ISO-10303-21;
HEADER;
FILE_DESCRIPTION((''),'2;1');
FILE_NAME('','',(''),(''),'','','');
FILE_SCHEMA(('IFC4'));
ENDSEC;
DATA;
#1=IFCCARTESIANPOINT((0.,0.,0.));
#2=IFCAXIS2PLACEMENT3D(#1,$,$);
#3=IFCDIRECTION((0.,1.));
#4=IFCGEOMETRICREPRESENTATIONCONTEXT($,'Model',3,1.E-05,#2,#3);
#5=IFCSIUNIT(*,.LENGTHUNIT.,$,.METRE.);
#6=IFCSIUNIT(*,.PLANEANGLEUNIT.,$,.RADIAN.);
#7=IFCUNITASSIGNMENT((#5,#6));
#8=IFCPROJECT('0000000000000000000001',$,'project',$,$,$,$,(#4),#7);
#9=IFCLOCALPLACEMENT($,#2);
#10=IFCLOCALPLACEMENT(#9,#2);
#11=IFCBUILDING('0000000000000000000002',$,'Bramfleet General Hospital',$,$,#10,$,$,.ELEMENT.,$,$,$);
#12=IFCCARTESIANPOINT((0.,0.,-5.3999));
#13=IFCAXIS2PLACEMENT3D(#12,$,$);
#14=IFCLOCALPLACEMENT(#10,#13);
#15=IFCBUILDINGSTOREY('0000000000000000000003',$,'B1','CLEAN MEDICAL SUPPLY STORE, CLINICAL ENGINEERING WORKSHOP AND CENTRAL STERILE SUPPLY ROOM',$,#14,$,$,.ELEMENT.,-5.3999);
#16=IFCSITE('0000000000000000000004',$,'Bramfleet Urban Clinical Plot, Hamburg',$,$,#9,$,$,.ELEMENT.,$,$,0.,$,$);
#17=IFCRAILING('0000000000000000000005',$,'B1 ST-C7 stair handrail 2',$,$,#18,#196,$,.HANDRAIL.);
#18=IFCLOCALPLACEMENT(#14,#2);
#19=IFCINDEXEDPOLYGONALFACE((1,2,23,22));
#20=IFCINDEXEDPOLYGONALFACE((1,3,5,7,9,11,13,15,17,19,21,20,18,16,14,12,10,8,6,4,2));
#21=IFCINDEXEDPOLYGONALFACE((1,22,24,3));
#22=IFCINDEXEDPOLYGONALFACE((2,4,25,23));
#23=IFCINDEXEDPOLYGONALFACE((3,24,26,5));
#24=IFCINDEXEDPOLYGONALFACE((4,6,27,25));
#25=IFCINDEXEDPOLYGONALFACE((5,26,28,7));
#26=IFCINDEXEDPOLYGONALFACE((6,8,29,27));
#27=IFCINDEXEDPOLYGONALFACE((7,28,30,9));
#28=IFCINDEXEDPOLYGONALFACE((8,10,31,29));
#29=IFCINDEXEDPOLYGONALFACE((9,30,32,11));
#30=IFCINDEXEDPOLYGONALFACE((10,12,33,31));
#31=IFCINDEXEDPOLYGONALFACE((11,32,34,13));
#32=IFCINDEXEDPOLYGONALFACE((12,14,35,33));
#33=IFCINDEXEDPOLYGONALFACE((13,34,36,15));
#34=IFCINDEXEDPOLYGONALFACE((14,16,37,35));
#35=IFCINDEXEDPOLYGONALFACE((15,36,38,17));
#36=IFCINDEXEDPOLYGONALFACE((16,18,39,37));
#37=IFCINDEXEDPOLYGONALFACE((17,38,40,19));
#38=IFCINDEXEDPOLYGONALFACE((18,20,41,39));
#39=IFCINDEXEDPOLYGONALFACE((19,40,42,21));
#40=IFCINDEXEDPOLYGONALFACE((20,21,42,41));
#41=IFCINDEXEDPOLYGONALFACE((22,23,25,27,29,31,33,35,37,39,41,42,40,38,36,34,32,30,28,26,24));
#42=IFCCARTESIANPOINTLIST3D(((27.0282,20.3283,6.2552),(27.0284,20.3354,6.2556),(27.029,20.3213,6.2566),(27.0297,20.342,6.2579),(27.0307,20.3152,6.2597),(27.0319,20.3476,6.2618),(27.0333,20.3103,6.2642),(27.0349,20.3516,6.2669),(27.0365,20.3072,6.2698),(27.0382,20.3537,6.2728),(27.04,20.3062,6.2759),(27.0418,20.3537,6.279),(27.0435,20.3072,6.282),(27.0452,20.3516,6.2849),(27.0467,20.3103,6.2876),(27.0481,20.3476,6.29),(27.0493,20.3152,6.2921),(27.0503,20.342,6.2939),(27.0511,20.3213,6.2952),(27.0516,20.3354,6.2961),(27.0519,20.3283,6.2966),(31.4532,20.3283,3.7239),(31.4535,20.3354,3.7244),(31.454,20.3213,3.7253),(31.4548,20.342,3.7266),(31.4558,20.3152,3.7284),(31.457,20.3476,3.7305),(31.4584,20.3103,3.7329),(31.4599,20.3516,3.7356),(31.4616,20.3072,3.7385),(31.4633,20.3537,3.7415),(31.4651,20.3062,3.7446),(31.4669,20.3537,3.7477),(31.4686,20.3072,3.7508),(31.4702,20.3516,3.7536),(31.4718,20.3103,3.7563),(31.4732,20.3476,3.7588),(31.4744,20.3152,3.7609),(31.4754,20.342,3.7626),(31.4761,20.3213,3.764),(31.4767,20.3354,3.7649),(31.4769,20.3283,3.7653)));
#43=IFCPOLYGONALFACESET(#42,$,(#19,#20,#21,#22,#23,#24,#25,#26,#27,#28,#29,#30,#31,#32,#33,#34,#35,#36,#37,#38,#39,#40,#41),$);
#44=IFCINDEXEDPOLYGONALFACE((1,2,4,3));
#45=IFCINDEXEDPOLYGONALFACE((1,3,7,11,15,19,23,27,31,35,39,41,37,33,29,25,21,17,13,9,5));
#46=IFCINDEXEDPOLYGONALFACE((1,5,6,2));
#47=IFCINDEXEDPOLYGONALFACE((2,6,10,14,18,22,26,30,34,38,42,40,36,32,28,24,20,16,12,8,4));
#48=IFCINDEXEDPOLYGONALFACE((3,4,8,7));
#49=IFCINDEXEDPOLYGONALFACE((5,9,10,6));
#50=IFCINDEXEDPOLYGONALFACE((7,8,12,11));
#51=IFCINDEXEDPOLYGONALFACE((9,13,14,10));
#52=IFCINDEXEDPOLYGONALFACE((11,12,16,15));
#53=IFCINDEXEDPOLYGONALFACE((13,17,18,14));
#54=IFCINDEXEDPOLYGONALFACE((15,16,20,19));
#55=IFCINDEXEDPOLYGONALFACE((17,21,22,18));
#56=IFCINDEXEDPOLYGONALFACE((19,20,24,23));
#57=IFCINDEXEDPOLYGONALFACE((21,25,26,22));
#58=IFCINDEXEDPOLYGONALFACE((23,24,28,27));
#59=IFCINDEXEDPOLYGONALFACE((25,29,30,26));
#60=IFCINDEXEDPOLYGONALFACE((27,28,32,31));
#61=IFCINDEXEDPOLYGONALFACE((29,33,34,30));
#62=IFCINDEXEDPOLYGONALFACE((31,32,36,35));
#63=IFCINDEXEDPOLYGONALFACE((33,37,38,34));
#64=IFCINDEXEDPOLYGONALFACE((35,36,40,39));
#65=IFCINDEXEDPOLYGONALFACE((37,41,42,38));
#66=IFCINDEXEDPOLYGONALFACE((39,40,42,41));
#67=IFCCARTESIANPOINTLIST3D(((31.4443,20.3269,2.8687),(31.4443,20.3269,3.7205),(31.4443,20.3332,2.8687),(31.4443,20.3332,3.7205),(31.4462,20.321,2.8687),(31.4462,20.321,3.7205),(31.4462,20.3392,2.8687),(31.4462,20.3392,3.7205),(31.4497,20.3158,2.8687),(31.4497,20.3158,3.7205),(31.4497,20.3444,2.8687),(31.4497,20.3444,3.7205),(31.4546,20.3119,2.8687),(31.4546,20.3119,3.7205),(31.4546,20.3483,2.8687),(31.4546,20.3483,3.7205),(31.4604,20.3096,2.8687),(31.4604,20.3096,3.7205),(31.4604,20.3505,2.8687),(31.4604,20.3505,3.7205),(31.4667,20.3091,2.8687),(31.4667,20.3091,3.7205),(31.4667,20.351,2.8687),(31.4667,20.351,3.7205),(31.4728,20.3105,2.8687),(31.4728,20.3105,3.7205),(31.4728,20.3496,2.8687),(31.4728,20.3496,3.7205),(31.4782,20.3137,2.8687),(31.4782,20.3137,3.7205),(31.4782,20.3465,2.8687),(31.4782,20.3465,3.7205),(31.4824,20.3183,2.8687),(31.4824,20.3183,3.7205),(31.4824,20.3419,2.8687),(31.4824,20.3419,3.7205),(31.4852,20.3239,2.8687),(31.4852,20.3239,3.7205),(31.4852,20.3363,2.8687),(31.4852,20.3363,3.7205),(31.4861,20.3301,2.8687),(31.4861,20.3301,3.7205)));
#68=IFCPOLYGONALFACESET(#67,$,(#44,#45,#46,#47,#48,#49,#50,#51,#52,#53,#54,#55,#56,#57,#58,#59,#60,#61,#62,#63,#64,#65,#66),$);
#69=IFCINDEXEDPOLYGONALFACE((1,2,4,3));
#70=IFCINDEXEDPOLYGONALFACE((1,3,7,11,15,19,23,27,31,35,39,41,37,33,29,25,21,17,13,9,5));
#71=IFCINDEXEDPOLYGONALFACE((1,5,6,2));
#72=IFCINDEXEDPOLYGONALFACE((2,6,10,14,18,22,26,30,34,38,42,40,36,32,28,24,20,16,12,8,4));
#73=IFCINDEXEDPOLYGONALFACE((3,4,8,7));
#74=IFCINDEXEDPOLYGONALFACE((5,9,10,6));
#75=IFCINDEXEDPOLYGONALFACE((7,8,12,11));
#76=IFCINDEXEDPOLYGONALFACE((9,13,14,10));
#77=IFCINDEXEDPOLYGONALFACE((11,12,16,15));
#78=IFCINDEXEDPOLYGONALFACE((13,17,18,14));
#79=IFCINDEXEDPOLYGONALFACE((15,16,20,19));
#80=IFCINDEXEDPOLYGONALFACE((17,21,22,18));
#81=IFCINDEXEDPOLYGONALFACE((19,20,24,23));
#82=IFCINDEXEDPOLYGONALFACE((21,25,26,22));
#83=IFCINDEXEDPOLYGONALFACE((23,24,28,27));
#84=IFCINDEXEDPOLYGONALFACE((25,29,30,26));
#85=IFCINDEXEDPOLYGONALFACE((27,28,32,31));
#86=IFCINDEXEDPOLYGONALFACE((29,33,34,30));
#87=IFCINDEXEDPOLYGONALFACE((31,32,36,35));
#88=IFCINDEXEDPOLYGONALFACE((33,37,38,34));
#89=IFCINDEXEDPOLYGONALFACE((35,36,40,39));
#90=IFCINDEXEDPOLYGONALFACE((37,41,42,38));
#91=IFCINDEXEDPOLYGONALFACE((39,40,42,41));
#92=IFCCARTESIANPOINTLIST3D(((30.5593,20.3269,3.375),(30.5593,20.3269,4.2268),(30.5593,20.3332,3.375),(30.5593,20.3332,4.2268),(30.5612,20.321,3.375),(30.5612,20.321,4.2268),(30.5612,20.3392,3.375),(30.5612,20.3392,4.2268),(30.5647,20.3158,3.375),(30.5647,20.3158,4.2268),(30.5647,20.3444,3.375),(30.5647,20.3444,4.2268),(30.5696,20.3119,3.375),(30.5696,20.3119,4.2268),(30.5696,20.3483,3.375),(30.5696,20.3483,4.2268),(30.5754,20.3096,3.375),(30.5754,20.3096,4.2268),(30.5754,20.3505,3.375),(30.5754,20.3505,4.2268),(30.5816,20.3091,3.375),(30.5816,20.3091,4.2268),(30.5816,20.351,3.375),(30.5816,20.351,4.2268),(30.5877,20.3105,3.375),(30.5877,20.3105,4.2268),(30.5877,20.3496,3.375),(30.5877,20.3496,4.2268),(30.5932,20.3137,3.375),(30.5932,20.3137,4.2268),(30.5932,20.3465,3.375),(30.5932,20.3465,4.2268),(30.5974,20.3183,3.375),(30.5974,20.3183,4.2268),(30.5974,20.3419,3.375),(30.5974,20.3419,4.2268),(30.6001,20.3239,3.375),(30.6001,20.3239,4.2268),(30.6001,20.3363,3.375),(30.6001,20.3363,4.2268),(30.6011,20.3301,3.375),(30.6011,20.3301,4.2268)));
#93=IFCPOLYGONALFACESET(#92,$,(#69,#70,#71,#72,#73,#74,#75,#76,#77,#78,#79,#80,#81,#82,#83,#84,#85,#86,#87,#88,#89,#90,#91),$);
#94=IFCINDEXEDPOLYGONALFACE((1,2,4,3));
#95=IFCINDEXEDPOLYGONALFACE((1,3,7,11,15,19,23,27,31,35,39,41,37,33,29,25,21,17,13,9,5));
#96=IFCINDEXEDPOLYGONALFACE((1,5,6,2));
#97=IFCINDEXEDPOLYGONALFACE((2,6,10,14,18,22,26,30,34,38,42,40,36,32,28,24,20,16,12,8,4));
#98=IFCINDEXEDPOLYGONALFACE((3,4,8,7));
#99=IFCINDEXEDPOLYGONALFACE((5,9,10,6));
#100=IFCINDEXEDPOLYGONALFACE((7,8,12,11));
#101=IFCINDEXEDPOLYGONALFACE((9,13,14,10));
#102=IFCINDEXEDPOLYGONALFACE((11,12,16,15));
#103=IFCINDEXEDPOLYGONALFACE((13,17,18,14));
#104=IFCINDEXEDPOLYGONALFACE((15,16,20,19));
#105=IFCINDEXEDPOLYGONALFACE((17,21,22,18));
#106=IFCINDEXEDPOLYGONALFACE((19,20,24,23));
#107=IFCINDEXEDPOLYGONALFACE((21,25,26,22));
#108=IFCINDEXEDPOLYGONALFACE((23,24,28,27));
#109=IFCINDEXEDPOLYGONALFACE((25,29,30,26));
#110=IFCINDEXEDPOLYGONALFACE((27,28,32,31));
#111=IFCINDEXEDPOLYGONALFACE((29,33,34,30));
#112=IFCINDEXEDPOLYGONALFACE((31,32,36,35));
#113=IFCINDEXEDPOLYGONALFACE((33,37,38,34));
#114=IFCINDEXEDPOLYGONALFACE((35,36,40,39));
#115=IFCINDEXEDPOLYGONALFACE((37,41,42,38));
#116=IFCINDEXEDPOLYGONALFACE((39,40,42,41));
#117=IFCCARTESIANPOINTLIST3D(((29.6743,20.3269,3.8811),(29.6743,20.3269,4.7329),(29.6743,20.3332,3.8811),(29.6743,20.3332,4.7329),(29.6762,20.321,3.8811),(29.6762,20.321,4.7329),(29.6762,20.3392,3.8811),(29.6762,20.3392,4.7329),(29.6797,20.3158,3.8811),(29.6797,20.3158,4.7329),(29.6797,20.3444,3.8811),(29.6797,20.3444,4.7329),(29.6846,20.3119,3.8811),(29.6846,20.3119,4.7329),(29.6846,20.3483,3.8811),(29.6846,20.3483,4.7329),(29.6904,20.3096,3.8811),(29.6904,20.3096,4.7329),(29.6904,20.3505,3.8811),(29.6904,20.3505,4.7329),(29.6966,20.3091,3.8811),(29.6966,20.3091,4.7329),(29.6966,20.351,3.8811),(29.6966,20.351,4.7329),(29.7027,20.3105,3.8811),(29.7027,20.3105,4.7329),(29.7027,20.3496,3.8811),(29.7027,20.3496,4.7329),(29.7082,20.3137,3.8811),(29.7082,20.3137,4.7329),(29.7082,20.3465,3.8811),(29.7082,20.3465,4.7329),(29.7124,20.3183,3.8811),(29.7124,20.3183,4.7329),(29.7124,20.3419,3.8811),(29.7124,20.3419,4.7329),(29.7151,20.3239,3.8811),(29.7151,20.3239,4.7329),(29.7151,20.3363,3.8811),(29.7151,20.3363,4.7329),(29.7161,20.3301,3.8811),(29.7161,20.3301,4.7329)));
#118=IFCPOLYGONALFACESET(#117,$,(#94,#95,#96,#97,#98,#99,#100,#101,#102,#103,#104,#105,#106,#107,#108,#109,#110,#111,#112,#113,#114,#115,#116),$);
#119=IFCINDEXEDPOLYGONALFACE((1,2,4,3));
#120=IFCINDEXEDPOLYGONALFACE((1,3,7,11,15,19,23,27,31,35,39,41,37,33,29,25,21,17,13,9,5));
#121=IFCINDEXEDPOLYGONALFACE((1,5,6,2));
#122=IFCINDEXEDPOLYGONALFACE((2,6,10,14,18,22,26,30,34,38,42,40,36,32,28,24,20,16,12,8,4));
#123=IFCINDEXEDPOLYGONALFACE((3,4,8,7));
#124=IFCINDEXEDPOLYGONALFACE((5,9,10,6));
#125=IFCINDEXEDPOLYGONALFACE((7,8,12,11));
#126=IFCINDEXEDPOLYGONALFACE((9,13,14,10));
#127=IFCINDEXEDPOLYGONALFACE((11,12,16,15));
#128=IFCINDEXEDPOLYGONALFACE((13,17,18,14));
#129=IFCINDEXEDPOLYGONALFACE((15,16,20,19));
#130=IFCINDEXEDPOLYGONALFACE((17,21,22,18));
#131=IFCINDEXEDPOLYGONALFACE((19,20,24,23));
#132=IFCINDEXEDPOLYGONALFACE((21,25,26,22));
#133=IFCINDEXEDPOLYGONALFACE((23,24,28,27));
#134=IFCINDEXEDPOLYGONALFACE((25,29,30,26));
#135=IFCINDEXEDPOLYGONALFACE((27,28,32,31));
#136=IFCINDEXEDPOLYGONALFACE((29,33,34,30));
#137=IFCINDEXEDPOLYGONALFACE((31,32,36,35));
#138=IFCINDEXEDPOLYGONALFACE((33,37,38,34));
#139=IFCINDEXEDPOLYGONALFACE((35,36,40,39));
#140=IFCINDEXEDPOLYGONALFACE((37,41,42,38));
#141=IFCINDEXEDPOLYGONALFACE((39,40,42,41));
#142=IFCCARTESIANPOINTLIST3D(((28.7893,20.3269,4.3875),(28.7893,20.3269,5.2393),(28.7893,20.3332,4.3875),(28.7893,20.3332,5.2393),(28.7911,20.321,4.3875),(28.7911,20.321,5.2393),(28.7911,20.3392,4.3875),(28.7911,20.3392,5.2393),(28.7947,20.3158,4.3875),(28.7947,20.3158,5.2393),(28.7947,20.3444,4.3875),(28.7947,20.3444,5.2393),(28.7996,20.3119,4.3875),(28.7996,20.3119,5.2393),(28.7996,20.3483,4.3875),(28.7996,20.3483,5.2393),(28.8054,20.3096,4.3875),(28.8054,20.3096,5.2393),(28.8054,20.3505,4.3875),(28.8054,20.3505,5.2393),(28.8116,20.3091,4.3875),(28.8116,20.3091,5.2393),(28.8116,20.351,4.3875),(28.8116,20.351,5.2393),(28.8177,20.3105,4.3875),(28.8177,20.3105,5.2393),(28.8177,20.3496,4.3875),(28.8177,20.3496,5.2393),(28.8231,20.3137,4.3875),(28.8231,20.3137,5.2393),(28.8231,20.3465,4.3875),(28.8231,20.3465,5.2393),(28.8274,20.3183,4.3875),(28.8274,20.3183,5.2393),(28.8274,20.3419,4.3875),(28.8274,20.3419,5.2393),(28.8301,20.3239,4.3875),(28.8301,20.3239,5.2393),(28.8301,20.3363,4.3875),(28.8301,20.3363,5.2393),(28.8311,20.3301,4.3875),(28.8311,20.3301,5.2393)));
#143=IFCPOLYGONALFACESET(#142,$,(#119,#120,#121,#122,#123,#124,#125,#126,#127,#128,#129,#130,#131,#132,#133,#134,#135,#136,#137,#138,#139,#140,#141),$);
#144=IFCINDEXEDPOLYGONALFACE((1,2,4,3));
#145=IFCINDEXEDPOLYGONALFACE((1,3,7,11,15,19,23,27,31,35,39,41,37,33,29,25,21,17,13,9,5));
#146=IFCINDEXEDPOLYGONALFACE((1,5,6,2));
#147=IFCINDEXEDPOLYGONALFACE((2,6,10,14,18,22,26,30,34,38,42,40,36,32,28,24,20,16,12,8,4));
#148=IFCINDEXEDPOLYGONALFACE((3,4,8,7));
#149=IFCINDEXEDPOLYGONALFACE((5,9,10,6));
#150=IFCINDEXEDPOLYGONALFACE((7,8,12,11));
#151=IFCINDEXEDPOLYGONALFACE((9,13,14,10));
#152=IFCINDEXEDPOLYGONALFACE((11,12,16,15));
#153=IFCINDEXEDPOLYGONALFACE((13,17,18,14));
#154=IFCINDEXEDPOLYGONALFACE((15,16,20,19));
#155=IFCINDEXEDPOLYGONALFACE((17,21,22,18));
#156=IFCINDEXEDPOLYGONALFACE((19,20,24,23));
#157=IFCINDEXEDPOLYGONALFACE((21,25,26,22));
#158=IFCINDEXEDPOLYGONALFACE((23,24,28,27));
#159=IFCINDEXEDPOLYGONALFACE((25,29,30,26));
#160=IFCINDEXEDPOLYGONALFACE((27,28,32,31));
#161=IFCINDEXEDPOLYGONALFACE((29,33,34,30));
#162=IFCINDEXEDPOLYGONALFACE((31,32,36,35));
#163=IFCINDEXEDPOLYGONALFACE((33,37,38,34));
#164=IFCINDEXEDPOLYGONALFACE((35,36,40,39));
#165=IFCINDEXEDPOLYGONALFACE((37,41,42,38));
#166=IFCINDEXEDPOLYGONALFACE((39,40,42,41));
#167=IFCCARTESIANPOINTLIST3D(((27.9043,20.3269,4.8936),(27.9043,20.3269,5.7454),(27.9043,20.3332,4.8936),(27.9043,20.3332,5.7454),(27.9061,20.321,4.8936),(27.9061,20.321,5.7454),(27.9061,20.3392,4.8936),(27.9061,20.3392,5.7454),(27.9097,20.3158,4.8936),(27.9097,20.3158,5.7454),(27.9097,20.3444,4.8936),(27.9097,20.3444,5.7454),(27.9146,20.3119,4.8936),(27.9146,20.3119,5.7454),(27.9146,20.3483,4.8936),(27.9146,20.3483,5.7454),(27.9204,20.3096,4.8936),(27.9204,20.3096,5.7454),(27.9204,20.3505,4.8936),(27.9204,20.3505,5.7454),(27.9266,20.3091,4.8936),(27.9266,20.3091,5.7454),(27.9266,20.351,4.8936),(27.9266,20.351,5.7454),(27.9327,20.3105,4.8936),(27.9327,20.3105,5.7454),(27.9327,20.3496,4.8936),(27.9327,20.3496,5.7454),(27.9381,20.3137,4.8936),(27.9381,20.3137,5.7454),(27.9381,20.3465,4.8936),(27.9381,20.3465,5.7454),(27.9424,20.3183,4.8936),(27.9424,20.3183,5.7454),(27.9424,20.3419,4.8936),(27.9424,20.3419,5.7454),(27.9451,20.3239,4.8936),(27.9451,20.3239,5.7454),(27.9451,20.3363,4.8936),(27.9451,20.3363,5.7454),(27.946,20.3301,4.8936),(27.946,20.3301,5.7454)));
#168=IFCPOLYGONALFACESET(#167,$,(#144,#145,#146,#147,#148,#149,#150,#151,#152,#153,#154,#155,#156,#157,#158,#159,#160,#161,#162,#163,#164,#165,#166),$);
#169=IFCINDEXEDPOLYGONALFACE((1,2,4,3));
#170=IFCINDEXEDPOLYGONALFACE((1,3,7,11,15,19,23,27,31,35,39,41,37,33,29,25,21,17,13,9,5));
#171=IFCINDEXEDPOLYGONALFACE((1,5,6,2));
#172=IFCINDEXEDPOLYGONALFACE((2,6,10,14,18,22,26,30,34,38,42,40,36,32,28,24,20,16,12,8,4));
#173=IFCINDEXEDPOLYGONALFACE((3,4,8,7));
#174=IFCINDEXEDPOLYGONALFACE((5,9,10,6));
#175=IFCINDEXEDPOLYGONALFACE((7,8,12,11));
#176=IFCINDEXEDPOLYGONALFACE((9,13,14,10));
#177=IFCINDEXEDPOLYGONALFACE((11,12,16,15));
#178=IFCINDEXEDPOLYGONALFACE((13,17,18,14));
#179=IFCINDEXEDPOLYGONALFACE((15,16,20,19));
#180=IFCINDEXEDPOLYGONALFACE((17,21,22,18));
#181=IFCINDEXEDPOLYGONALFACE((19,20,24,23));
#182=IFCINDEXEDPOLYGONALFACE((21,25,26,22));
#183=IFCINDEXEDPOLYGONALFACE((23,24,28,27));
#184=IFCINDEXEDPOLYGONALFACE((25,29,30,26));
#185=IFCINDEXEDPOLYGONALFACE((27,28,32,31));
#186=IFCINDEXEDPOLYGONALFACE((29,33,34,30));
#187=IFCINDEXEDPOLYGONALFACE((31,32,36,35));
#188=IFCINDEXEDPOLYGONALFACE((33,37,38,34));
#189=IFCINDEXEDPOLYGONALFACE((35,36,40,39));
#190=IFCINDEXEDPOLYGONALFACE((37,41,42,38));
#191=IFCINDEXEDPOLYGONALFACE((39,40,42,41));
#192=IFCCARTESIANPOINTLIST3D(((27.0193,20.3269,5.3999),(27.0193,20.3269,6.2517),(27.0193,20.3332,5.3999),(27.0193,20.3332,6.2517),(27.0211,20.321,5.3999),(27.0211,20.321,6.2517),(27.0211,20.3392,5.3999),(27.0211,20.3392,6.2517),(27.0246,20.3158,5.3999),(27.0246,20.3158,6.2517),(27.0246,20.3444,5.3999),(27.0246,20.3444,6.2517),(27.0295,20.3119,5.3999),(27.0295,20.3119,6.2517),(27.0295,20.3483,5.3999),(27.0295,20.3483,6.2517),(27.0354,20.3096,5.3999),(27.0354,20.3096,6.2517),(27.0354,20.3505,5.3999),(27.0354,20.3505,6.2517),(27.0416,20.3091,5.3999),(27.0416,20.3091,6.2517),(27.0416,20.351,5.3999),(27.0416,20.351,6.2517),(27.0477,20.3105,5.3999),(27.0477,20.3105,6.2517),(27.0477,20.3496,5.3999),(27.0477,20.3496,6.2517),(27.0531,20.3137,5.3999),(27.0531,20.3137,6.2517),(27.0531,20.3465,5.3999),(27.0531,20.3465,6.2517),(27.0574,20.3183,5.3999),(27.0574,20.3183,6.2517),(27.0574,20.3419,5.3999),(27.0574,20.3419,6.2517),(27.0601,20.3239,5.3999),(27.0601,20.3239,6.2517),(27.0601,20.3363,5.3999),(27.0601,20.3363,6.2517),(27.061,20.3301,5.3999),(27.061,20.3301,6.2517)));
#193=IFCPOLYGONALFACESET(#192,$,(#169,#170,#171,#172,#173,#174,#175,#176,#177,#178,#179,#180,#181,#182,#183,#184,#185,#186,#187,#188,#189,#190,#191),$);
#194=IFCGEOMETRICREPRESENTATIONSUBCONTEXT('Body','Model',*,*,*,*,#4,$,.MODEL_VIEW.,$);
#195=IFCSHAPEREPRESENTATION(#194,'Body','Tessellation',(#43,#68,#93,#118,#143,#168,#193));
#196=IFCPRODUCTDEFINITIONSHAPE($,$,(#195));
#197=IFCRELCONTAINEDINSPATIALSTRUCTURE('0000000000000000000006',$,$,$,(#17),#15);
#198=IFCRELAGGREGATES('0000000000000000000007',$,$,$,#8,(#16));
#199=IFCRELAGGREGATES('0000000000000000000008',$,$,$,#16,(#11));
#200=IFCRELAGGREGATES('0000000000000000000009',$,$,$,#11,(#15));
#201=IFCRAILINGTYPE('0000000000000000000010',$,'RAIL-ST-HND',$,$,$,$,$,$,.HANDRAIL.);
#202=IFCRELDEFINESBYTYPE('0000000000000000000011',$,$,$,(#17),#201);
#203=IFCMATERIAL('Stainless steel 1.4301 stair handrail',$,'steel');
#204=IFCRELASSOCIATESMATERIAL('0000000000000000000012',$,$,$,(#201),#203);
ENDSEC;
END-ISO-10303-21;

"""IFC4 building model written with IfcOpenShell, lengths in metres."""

from ifc_helpers import new_model, si_unit, direction, frame, origin, origin_2d, place, context, subcontext, project, spatial, circle, extrude, material, type_object, element, save


model = new_model("IFC4")

# Units and contexts
model_context = context("Model", 3, precision=1e-05, world=origin(), true_north=direction((0.0, 1.0)))
body_context = subcontext(model_context, "Body", "Model", "MODEL_VIEW")
ifc_project = project(units=[si_unit("LENGTHUNIT", "METRE"), si_unit("PLANEANGLEUNIT", "RADIAN")], contexts=[model_context])

# Site, building, storey
site_placement = place(None, origin())
site = spatial("IfcSite", under=ifc_project, at=site_placement, Name="Bramfleet Urban Clinical Plot, Hamburg", CompositionType="ELEMENT", RefElevation=0.0)
building_placement = place(site_placement, origin())
building = spatial("IfcBuilding", under=site, at=building_placement, Name="Bramfleet General Hospital", CompositionType="ELEMENT")
storey_placement = place(building_placement, frame((0.0, 0.0, -5.3999)))
storey = spatial("IfcBuildingStorey", under=building, at=storey_placement, Name="B1", Description="CLEAN MEDICAL SUPPLY STORE, CLINICAL ENGINEERING WORKSHOP AND CENTRAL STERILE SUPPLY ROOM", CompositionType="ELEMENT", Elevation=-5.3999)

# Railing
ifc_material_1 = material(Name="Stainless steel 1.4301 stair handrail", Category="steel")
railing_type_1 = type_object("IfcRailingType", Name="RAIL-ST-HND", PredefinedType="HANDRAIL", material=ifc_material_1)
railing_1_placement = place(storey_placement, frame((31.4651, 20.3301, 2.8687)))
element("IfcRailing", 1, at=railing_1_placement, inside=storey, type_object=railing_type_1, Name="B1 ST-C7 stair handrail 2", PredefinedType="HANDRAIL", context=body_context, shape_type="SweptSolid", body=[
    extrude(circle(Radius=0.0239, at=origin_2d()), frame((0.0, 0.0, 0.876), z_axis=(-0.868019, 0.0, 0.496531), x_axis=(0.0, -1.0, 0.0)), (0.0, 0.0, 1.0), 5.0979),
    extrude(circle(Radius=0.021, at=origin_2d()), origin(), (0.0, 0.0, 1.0), 0.8518),
    extrude(circle(Radius=0.021, at=origin_2d()), frame((-0.885, 0.0, 0.5063)), (0.0, 0.0, 1.0), 0.8518),
    extrude(circle(Radius=0.021, at=origin_2d()), frame((-1.77, 0.0, 1.0125)), (0.0, 0.0, 1.0), 0.8518),
    extrude(circle(Radius=0.021, at=origin_2d()), frame((-2.655, 0.0, 1.5188)), (0.0, 0.0, 1.0), 0.8518),
    extrude(circle(Radius=0.021, at=origin_2d()), frame((-3.54, 0.0, 2.0249)), (0.0, 0.0, 1.0), 0.8518),
    extrude(circle(Radius=0.021, at=origin_2d()), frame((-4.425, 0.0, 2.5312)), (0.0, 0.0, 1.0), 0.8518),
])

save(model, "model.ifc")
